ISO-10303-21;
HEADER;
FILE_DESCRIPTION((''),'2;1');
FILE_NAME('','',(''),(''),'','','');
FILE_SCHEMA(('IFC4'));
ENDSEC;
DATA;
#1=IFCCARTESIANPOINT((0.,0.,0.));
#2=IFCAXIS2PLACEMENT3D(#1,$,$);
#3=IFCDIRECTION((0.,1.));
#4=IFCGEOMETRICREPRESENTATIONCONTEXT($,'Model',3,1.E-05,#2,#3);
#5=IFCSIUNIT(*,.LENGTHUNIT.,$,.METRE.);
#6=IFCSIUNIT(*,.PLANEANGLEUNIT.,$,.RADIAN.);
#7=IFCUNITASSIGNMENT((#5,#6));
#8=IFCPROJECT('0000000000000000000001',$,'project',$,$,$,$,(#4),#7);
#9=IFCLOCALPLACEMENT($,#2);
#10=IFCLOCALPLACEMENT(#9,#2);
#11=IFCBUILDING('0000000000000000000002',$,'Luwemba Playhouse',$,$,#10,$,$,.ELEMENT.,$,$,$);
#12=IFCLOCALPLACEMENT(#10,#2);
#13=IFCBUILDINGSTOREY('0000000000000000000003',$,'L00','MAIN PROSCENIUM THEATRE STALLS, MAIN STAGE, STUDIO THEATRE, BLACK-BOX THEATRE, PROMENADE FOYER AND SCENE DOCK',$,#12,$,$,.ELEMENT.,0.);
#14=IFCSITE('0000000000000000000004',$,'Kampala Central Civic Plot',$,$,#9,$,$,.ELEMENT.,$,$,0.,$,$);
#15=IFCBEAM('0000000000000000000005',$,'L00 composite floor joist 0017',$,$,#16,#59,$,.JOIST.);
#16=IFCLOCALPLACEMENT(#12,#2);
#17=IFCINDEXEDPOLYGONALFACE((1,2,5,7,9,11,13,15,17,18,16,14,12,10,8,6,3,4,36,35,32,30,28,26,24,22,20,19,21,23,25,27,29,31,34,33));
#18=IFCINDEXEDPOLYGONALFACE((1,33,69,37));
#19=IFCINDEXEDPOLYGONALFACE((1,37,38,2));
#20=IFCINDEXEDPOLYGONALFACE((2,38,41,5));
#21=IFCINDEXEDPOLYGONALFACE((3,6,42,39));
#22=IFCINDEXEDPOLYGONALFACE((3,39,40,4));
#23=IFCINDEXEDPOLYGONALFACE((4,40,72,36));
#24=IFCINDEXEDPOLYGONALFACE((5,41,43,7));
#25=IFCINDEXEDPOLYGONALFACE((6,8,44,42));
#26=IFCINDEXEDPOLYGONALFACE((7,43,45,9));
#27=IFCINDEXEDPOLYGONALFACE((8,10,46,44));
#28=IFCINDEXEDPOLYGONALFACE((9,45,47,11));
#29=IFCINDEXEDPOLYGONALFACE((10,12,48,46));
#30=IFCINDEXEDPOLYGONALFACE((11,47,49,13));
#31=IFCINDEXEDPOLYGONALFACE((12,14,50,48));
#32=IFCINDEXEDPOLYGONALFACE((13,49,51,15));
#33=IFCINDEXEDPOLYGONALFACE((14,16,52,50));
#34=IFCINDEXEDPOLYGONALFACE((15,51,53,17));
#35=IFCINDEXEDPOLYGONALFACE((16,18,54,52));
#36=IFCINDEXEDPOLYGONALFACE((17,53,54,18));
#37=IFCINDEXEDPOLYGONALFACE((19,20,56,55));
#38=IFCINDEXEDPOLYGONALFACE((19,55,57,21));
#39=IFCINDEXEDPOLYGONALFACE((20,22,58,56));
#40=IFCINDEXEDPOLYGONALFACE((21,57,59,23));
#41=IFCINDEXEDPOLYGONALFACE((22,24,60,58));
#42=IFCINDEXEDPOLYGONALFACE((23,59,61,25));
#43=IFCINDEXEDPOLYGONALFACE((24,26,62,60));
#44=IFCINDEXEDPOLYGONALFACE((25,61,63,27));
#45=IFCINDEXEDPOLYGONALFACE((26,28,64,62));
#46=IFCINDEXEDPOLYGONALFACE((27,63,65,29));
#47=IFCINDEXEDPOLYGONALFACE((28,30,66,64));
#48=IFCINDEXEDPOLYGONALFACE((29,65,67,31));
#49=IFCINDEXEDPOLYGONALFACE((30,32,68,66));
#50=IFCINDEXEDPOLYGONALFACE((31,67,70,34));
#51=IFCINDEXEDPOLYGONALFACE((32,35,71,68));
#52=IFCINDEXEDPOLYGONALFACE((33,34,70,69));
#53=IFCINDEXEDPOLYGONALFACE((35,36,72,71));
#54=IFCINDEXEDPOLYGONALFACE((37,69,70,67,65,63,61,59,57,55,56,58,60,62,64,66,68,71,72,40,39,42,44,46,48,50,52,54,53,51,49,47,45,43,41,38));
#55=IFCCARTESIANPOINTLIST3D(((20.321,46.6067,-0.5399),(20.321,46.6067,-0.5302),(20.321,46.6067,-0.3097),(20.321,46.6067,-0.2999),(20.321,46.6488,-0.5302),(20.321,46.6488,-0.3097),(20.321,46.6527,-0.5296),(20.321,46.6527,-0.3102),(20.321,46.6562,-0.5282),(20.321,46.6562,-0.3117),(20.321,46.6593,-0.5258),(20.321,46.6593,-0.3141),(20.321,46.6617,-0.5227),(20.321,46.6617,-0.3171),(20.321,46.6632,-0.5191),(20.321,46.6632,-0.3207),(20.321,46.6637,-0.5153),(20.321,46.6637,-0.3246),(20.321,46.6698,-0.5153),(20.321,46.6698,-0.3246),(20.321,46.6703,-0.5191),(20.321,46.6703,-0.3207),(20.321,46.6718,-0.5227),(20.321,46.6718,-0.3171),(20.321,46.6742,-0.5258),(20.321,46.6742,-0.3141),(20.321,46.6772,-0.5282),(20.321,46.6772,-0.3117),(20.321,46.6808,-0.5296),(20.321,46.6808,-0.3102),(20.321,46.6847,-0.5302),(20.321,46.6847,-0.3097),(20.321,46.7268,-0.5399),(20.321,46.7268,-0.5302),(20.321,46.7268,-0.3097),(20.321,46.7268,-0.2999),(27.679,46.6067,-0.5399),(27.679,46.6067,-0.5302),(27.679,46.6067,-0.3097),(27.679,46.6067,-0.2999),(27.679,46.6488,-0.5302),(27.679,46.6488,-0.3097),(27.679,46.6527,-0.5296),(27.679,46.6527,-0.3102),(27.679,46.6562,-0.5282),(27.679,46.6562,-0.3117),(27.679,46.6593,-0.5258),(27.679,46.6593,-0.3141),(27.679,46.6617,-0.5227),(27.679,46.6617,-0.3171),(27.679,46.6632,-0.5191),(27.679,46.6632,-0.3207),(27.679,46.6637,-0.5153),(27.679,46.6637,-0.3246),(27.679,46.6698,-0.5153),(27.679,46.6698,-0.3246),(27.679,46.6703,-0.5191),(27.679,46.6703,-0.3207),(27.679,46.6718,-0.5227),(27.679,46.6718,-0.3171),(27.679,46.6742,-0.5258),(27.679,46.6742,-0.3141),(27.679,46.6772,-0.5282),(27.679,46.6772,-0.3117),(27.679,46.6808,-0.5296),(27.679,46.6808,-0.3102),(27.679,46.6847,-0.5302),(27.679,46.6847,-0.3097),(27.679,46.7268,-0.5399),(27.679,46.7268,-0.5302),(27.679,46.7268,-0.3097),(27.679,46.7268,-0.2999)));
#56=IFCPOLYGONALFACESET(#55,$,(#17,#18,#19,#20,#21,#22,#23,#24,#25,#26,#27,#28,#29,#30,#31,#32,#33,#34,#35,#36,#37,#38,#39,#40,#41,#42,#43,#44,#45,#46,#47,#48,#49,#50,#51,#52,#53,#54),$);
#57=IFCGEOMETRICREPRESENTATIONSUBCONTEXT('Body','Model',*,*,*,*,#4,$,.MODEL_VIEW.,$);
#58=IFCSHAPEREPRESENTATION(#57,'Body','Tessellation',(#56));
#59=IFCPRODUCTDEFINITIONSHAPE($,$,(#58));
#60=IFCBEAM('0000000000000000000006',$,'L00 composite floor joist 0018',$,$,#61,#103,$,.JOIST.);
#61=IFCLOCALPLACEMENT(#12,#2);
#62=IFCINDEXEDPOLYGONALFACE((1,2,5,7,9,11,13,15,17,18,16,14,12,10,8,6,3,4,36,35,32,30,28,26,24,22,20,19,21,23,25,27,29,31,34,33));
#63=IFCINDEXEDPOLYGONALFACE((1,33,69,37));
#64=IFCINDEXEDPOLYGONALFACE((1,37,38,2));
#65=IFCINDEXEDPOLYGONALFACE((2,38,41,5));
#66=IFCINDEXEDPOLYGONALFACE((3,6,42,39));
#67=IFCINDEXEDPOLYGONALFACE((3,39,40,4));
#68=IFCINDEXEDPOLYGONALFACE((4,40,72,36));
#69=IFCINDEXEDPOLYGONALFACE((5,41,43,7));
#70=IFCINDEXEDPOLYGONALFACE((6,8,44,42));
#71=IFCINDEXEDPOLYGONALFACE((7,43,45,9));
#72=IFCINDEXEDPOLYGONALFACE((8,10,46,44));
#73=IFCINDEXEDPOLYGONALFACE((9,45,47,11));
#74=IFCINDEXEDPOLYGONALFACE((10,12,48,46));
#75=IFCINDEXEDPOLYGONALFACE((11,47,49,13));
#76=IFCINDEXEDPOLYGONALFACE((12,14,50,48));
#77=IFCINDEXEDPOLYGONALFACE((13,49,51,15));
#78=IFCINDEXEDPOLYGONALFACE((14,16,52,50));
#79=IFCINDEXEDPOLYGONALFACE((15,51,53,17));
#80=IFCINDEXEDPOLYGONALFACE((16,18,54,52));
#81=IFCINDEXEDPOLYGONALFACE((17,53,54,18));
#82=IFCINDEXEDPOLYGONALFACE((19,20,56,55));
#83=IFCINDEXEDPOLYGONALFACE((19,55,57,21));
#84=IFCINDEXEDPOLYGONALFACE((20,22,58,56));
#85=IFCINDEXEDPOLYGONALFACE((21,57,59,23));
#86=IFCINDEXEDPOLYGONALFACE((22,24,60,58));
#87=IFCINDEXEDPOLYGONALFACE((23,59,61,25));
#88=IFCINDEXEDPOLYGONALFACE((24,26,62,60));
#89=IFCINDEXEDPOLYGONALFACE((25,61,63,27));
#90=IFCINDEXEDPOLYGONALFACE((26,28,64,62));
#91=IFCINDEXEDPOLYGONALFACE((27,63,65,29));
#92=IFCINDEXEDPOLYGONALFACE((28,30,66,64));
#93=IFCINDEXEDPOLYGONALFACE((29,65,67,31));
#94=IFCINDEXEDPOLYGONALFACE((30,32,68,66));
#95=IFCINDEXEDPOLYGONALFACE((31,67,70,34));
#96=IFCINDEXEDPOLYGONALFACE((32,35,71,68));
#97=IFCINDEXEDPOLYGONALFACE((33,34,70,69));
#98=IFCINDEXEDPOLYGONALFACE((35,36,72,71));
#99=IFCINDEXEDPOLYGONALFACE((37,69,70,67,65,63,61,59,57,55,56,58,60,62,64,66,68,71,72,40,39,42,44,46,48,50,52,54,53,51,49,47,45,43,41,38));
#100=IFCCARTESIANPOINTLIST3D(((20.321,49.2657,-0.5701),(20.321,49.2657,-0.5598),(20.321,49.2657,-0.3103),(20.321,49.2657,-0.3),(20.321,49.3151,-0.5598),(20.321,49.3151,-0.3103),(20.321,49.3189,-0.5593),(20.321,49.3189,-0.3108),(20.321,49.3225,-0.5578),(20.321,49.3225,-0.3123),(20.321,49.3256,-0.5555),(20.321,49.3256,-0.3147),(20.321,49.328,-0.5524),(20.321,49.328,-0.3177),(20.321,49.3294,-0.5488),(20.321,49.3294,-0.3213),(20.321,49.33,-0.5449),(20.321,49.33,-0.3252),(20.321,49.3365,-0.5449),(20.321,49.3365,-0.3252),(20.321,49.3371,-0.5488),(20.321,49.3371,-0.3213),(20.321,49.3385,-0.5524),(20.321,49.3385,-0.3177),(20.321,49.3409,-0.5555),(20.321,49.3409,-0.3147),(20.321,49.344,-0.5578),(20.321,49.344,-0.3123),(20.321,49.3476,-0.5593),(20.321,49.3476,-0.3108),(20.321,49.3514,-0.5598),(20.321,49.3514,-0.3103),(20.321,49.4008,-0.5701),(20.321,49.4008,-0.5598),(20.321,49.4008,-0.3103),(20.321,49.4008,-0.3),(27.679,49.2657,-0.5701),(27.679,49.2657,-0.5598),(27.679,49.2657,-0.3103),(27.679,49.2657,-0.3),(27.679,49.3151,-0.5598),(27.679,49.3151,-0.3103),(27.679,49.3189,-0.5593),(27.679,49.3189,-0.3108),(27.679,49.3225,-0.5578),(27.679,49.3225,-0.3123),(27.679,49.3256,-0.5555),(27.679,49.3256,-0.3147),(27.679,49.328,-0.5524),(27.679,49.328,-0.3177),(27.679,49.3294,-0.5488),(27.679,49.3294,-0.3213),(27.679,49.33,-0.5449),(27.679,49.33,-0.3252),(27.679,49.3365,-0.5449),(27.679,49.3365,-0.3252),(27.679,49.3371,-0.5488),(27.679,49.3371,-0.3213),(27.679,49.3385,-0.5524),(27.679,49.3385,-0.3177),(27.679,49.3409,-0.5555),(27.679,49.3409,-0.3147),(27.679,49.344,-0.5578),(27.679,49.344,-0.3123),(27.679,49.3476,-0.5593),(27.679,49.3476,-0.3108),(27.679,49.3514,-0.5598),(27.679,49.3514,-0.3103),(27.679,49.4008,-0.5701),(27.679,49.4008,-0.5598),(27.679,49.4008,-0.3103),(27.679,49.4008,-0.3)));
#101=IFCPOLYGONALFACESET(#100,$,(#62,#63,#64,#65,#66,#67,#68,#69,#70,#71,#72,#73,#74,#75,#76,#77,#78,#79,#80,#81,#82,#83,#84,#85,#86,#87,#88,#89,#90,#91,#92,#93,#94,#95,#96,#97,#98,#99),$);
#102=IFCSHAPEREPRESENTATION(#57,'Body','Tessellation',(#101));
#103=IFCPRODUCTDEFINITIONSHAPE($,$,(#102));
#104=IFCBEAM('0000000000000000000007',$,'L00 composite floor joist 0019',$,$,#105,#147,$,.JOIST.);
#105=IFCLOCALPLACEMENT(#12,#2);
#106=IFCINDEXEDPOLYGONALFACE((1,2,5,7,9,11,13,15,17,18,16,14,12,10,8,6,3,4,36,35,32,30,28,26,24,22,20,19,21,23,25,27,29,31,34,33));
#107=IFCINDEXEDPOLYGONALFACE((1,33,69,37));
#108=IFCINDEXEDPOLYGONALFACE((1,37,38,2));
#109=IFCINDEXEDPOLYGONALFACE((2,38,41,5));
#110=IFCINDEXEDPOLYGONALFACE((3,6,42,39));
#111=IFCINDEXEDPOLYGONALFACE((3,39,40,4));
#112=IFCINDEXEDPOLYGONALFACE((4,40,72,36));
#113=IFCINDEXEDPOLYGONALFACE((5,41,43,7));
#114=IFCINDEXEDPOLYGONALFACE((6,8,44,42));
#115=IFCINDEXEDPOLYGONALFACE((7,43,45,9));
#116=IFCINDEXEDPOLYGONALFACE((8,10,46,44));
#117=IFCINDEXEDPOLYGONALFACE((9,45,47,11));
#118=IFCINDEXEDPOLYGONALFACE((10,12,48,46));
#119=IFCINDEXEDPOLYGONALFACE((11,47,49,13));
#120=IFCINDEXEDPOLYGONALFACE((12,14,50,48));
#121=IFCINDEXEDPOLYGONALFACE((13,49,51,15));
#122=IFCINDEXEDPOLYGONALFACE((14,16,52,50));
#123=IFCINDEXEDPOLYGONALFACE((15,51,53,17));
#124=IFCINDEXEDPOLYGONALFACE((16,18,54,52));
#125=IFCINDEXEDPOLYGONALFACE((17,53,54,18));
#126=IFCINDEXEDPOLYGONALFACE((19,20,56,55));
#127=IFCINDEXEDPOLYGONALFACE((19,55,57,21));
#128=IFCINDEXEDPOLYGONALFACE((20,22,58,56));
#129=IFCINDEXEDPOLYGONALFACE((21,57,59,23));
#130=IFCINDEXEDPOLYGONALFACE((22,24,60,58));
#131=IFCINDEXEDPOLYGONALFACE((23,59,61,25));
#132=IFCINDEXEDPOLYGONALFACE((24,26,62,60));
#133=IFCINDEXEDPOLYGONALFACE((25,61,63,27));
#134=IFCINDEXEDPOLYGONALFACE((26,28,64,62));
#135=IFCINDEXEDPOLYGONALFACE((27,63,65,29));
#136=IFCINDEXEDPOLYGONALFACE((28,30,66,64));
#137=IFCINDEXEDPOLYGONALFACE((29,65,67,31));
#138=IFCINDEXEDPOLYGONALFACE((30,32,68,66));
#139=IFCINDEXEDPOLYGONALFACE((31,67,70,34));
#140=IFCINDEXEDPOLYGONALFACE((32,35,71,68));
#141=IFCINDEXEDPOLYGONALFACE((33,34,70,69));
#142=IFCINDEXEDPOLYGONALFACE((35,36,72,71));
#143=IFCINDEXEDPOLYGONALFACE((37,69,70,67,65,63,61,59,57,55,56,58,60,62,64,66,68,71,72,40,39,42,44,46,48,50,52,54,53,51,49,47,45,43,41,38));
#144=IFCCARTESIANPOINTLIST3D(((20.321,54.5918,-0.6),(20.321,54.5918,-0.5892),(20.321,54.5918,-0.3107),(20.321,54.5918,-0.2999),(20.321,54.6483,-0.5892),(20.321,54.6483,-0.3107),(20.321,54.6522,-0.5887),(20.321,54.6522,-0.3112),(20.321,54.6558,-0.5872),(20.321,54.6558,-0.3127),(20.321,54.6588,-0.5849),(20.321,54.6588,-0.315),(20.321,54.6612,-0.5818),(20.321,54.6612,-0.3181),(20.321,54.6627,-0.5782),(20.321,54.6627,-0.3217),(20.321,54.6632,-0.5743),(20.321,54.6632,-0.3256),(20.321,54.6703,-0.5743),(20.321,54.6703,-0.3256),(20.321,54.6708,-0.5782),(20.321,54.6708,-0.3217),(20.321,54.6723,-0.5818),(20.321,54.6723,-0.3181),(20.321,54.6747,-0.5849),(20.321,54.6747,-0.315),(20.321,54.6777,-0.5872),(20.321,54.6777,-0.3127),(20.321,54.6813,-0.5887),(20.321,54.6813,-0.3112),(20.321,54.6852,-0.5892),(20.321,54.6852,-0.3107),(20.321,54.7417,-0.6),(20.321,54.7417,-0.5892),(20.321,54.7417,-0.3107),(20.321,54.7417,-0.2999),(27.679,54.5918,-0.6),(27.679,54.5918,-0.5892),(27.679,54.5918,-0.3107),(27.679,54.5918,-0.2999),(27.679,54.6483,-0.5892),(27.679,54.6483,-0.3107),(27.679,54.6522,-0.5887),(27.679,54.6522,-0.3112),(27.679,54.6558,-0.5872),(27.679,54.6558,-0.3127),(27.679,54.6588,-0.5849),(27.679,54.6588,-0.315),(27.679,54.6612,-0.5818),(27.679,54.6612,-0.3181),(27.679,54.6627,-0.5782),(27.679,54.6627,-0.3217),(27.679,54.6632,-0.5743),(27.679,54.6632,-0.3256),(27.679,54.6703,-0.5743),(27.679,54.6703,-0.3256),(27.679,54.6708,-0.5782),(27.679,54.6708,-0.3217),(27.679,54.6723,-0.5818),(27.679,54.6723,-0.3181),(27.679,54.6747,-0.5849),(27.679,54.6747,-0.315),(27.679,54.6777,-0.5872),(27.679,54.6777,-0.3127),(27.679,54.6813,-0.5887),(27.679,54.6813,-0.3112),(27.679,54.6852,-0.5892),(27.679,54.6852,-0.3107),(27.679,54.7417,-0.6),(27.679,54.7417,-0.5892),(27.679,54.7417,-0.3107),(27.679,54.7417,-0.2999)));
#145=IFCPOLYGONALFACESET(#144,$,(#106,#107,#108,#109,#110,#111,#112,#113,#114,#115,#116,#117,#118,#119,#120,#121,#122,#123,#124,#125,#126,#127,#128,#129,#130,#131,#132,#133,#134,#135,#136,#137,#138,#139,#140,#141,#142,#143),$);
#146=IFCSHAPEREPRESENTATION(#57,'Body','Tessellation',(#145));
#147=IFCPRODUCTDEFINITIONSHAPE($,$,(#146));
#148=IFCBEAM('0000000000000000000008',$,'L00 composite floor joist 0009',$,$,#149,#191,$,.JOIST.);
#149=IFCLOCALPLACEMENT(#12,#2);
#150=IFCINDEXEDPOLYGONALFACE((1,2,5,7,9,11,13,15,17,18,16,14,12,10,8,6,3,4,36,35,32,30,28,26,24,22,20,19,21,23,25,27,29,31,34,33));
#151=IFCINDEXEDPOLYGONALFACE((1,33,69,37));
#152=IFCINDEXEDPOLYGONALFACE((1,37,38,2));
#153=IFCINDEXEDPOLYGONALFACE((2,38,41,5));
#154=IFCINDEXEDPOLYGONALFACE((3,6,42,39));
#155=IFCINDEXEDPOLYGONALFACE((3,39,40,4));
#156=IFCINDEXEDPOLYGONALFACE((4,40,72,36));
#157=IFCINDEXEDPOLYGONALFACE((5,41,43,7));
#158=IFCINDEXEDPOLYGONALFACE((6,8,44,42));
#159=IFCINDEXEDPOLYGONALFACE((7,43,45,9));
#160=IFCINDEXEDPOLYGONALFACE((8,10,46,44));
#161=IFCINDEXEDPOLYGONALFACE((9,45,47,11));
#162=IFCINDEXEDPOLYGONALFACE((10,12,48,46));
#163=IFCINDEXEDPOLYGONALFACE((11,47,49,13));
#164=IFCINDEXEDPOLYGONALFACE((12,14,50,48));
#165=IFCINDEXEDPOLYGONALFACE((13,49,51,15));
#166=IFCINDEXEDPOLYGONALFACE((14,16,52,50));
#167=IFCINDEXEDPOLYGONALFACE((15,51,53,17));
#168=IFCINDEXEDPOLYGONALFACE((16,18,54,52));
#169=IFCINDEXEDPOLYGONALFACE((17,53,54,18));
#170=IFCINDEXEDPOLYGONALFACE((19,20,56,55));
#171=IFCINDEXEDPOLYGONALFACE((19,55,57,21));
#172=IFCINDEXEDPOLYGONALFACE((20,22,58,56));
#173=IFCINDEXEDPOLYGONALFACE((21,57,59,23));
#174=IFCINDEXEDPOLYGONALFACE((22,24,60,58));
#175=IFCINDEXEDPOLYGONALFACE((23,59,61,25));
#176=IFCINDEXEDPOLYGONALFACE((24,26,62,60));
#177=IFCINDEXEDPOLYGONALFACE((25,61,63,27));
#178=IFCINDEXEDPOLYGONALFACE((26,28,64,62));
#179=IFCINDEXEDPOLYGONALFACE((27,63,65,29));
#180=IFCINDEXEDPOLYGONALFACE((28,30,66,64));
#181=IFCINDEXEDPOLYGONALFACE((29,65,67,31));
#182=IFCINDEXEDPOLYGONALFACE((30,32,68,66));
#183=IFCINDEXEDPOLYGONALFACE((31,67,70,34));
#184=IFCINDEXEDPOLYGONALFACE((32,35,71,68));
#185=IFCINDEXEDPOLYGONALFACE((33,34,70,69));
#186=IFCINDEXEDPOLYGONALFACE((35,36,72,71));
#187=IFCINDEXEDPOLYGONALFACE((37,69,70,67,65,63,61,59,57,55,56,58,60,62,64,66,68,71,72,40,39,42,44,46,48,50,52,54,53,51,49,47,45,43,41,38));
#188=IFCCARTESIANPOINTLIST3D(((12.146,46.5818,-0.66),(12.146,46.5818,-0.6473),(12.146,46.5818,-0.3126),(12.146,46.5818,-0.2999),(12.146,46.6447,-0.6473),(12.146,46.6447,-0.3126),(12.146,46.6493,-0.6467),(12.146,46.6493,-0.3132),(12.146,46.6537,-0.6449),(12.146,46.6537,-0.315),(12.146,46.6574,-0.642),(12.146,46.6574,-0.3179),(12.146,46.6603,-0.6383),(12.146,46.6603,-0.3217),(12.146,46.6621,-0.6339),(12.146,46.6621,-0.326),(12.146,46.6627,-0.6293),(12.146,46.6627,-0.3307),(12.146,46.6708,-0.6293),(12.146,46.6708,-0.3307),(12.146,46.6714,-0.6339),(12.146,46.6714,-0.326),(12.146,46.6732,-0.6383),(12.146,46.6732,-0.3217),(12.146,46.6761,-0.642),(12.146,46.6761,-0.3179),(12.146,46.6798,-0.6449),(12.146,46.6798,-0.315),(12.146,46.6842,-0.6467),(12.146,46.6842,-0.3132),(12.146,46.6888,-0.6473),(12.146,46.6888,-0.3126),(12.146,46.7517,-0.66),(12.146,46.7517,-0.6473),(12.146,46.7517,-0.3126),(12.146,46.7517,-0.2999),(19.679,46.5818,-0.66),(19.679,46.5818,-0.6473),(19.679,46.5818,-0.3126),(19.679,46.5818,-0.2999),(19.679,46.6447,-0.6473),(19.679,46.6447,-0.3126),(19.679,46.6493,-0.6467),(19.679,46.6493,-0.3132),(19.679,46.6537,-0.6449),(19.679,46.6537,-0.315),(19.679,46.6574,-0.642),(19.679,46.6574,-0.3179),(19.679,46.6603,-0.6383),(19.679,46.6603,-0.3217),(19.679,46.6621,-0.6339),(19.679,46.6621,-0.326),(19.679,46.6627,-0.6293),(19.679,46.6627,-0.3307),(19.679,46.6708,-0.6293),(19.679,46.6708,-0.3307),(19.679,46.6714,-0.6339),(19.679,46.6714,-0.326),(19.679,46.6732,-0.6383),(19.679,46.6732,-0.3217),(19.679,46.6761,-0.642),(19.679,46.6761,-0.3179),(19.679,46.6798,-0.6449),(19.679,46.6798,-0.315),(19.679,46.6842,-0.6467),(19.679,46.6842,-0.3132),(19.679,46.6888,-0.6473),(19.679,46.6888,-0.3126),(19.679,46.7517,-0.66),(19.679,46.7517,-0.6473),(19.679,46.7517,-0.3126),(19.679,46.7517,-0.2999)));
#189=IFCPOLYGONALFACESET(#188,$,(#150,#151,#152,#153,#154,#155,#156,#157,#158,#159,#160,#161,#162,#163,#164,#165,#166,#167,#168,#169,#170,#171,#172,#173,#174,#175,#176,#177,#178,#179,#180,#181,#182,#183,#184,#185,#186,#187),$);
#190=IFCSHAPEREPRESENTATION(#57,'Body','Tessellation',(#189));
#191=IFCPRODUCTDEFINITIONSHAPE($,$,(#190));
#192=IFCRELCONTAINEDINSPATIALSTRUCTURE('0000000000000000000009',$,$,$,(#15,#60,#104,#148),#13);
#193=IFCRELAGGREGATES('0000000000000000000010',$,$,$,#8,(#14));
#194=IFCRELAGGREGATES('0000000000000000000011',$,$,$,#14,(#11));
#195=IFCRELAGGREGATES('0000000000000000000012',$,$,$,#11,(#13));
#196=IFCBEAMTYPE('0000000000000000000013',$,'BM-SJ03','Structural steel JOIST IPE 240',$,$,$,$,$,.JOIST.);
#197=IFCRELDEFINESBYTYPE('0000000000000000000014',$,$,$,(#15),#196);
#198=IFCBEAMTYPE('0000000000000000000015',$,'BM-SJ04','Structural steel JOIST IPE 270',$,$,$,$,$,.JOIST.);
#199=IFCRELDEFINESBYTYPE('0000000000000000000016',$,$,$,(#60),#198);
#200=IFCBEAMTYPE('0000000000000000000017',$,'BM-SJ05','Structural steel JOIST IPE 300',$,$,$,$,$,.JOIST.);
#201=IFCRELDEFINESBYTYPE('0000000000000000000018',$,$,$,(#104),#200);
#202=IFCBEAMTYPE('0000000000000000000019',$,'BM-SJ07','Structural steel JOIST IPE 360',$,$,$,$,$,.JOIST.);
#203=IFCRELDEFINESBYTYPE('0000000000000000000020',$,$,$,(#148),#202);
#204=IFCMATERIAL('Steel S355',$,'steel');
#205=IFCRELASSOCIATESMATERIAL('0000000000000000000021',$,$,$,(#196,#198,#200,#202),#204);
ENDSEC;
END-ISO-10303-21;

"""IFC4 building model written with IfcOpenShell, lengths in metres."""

from ifc_helpers import new_model, si_unit, direction, frame, origin, origin_2d, place, context, subcontext, project, spatial, i_section, extrude, material, material_profile, profile_set, type_object, element, save


model = new_model("IFC4")

# Units and contexts
model_context = context("Model", 3, precision=1e-05, world=origin(), true_north=direction((0.0, 1.0)))
body_context = subcontext(model_context, "Body", "Model", "MODEL_VIEW")
ifc_project = project(units=[si_unit("LENGTHUNIT", "METRE"), si_unit("PLANEANGLEUNIT", "RADIAN")], contexts=[model_context])

# Site, building, storey
site_placement = place(None, origin())
site = spatial("IfcSite", under=ifc_project, at=site_placement, Name="Kampala Central Civic Plot", CompositionType="ELEMENT", RefElevation=0.0)
building_placement = place(site_placement, origin())
building = spatial("IfcBuilding", under=site, at=building_placement, Name="Luwemba Playhouse", CompositionType="ELEMENT")
storey_placement = place(building_placement, origin())
storey = spatial("IfcBuildingStorey", under=building, at=storey_placement, Name="L00", Description="MAIN PROSCENIUM THEATRE STALLS, MAIN STAGE, STUDIO THEATRE, BLACK-BOX THEATRE, PROMENADE FOYER AND SCENE DOCK", CompositionType="ELEMENT", Elevation=0.0)

# Beams
ifc_material_1 = material(Name="Steel S355", Category="steel")
ifc_material_profile_1 = material_profile(ifc_material_1, i_section(OverallWidth=0.1201, OverallDepth=0.24, WebThickness=0.0061, FlangeThickness=0.0098, FilletRadius=0.0149, at=origin_2d()))
ifc_profile_set_1 = profile_set([ifc_material_profile_1], Name="Steel S355")
beam_type_1 = type_object("IfcBeamType", Name="BM-SJ03", Description="Structural steel JOIST IPE 240", PredefinedType="JOIST", material=ifc_profile_set_1)
beam_1_placement = place(storey_placement, frame((20.321, 46.6667, -0.4199), z_axis=(1.0, 0.0, 0.0), x_axis=(0.0, 1.0, 0.0)))
element("IfcBeam", 1, at=beam_1_placement, inside=storey, type_object=beam_type_1, Name="L00 composite floor joist 0017", PredefinedType="JOIST", context=body_context, shape_type="SweptSolid", body=[
    extrude(i_section(OverallWidth=0.1201, OverallDepth=0.24, WebThickness=0.0061, FlangeThickness=0.0098, FilletRadius=0.0149, at=origin_2d()), origin(), (0.0, 0.0, 1.0), 7.3579),
])
ifc_material_profile_2 = material_profile(ifc_material_1, i_section(OverallWidth=0.135, OverallDepth=0.27, WebThickness=0.0066, FlangeThickness=0.0103, FilletRadius=0.0149, at=origin_2d()))
ifc_profile_set_2 = profile_set([ifc_material_profile_2], Name="Steel S355")
beam_type_2 = type_object("IfcBeamType", Name="BM-SJ04", Description="Structural steel JOIST IPE 270", PredefinedType="JOIST", material=ifc_profile_set_2)
beam_2_placement = place(storey_placement, frame((20.321, 49.3333, -0.4351), z_axis=(1.0, 0.0, 0.0), x_axis=(0.0, 1.0, 0.0)))
element("IfcBeam", 2, at=beam_2_placement, inside=storey, type_object=beam_type_2, Name="L00 composite floor joist 0018", PredefinedType="JOIST", context=body_context, shape_type="SweptSolid", body=[
    extrude(i_section(OverallWidth=0.135, OverallDepth=0.27, WebThickness=0.0066, FlangeThickness=0.0103, FilletRadius=0.0149, at=origin_2d()), origin(), (0.0, 0.0, 1.0), 7.3579),
])
ifc_material_profile_3 = material_profile(ifc_material_1, i_section(OverallWidth=0.1499, OverallDepth=0.3, WebThickness=0.0071, FlangeThickness=0.0107, FilletRadius=0.0149, at=origin_2d()))
ifc_profile_set_3 = profile_set([ifc_material_profile_3], Name="Steel S355")
beam_type_3 = type_object("IfcBeamType", Name="BM-SJ05", Description="Structural steel JOIST IPE 300", PredefinedType="JOIST", material=ifc_profile_set_3)
beam_3_placement = place(storey_placement, frame((20.321, 54.6667, -0.45), z_axis=(1.0, 0.0, 0.0), x_axis=(0.0, 1.0, 0.0)))
element("IfcBeam", 3, at=beam_3_placement, inside=storey, type_object=beam_type_3, Name="L00 composite floor joist 0019", PredefinedType="JOIST", context=body_context, shape_type="SweptSolid", body=[
    extrude(i_section(OverallWidth=0.1499, OverallDepth=0.3, WebThickness=0.0071, FlangeThickness=0.0107, FilletRadius=0.0149, at=origin_2d()), origin(), (0.0, 0.0, 1.0), 7.3579),
])
ifc_material_profile_4 = material_profile(ifc_material_1, i_section(OverallWidth=0.1699, OverallDepth=0.3601, WebThickness=0.0081, FlangeThickness=0.0127, FilletRadius=0.0181, at=origin_2d()))
ifc_profile_set_4 = profile_set([ifc_material_profile_4], Name="Steel S355")
beam_type_4 = type_object("IfcBeamType", Name="BM-SJ07", Description="Structural steel JOIST IPE 360", PredefinedType="JOIST", material=ifc_profile_set_4)
beam_4_placement = place(storey_placement, frame((12.146, 46.6667, -0.48), z_axis=(1.0, 0.0, 0.0), x_axis=(0.0, 1.0, 0.0)))
element("IfcBeam", 4, at=beam_4_placement, inside=storey, type_object=beam_type_4, Name="L00 composite floor joist 0009", PredefinedType="JOIST", context=body_context, shape_type="SweptSolid", body=[
    extrude(i_section(OverallWidth=0.1699, OverallDepth=0.3601, WebThickness=0.0081, FlangeThickness=0.0127, FilletRadius=0.0181, at=origin_2d()), origin(), (0.0, 0.0, 1.0), 7.533),
])

save(model, "model.ifc")
